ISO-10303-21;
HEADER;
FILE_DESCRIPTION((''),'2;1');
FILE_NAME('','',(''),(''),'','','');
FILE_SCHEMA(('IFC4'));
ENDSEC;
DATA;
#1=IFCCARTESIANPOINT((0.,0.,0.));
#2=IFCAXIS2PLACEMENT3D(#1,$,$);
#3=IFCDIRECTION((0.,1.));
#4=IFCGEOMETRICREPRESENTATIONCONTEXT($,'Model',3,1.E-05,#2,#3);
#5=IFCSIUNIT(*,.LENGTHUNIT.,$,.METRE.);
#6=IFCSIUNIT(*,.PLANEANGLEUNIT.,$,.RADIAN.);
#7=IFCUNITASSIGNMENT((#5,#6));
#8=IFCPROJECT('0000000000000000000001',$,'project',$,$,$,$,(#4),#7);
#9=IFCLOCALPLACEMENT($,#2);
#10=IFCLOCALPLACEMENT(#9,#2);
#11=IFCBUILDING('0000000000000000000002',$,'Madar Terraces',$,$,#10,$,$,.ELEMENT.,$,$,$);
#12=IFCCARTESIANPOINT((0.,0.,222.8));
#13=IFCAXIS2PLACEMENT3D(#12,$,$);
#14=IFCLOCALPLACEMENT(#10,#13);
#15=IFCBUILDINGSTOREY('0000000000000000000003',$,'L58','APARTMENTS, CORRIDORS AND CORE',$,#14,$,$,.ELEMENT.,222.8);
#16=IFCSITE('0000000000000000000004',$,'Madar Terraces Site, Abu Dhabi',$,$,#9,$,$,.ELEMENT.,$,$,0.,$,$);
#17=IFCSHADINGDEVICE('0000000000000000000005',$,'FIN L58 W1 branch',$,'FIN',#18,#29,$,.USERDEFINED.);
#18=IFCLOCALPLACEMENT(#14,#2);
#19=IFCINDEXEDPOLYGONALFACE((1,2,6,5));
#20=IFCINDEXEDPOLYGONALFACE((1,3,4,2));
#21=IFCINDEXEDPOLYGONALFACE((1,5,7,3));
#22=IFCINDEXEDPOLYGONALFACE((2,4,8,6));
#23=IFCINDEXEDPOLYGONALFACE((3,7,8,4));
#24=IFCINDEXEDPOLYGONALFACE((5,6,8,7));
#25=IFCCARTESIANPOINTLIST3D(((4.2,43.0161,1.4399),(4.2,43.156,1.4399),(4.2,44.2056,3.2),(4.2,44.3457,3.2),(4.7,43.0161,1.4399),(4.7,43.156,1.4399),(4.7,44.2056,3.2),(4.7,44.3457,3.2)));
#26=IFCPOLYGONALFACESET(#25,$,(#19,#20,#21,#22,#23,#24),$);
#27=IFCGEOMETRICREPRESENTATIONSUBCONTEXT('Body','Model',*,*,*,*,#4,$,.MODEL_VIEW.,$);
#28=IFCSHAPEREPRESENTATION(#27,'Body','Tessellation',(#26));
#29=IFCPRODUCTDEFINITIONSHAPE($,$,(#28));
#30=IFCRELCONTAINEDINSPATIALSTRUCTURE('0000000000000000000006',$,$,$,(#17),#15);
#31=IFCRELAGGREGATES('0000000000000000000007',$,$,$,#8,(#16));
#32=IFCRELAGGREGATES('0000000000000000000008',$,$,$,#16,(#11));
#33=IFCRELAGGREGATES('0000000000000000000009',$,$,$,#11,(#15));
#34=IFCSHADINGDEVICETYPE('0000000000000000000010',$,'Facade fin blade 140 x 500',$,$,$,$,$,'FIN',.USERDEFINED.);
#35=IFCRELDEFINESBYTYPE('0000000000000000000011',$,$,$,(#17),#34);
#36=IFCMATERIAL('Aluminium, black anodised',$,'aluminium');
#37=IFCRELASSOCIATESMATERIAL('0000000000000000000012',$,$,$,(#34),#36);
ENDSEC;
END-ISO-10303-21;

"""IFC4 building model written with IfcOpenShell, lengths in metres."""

from ifc_helpers import new_model, si_unit, direction, frame, origin, place, context, subcontext, project, spatial, polyline, outline, extrude, material, type_object, element, save


model = new_model("IFC4")

# Units and contexts
model_context = context("Model", 3, precision=1e-05, world=origin(), true_north=direction((0.0, 1.0)))
body_context = subcontext(model_context, "Body", "Model", "MODEL_VIEW")
ifc_project = project(units=[si_unit("LENGTHUNIT", "METRE"), si_unit("PLANEANGLEUNIT", "RADIAN")], contexts=[model_context])

# Site, building, storey
site_placement = place(None, origin())
site = spatial("IfcSite", under=ifc_project, at=site_placement, Name="Madar Terraces Site, Abu Dhabi", CompositionType="ELEMENT", RefElevation=0.0)
building_placement = place(site_placement, origin())
building = spatial("IfcBuilding", under=site, at=building_placement, Name="Madar Terraces", CompositionType="ELEMENT")
storey_placement = place(building_placement, frame((0.0, 0.0, 222.8)))
storey = spatial("IfcBuildingStorey", under=building, at=storey_placement, Name="L58", Description="APARTMENTS, CORRIDORS AND CORE", CompositionType="ELEMENT", Elevation=222.8)

# Shading device
ifc_material_1 = material(Name="Aluminium, black anodised", Category="aluminium")
shading_device_type = type_object("IfcShadingDeviceType", Name="Facade fin blade 140 x 500", ElementType="FIN", PredefinedType="USERDEFINED", material=ifc_material_1)
shading_device_1_placement = place(storey_placement, frame((4.45, 43.156, 1.4399), z_axis=(0.0, 0.0, 1.0), x_axis=(0.0, -1.0, 0.0)))
element("IfcShadingDevice", 1, at=shading_device_1_placement, inside=storey, type_object=shading_device_type, Name="FIN L58 W1 branch", ObjectType="FIN", PredefinedType="USERDEFINED", context=body_context, shape_type="SweptSolid", body=[
    extrude(outline(polyline([(0.0, 0.0), (0.1399, 0.0), (-1.0496, 1.76), (-1.1897, 1.76), (0.0, 0.0)])), frame((0.0, 0.25, 0.0), z_axis=(0.0, -1.0, 0.0), x_axis=(1.0, 0.0, 0.0)), (0.0, 0.0, 1.0), 0.5),
])

save(model, "model.ifc")
